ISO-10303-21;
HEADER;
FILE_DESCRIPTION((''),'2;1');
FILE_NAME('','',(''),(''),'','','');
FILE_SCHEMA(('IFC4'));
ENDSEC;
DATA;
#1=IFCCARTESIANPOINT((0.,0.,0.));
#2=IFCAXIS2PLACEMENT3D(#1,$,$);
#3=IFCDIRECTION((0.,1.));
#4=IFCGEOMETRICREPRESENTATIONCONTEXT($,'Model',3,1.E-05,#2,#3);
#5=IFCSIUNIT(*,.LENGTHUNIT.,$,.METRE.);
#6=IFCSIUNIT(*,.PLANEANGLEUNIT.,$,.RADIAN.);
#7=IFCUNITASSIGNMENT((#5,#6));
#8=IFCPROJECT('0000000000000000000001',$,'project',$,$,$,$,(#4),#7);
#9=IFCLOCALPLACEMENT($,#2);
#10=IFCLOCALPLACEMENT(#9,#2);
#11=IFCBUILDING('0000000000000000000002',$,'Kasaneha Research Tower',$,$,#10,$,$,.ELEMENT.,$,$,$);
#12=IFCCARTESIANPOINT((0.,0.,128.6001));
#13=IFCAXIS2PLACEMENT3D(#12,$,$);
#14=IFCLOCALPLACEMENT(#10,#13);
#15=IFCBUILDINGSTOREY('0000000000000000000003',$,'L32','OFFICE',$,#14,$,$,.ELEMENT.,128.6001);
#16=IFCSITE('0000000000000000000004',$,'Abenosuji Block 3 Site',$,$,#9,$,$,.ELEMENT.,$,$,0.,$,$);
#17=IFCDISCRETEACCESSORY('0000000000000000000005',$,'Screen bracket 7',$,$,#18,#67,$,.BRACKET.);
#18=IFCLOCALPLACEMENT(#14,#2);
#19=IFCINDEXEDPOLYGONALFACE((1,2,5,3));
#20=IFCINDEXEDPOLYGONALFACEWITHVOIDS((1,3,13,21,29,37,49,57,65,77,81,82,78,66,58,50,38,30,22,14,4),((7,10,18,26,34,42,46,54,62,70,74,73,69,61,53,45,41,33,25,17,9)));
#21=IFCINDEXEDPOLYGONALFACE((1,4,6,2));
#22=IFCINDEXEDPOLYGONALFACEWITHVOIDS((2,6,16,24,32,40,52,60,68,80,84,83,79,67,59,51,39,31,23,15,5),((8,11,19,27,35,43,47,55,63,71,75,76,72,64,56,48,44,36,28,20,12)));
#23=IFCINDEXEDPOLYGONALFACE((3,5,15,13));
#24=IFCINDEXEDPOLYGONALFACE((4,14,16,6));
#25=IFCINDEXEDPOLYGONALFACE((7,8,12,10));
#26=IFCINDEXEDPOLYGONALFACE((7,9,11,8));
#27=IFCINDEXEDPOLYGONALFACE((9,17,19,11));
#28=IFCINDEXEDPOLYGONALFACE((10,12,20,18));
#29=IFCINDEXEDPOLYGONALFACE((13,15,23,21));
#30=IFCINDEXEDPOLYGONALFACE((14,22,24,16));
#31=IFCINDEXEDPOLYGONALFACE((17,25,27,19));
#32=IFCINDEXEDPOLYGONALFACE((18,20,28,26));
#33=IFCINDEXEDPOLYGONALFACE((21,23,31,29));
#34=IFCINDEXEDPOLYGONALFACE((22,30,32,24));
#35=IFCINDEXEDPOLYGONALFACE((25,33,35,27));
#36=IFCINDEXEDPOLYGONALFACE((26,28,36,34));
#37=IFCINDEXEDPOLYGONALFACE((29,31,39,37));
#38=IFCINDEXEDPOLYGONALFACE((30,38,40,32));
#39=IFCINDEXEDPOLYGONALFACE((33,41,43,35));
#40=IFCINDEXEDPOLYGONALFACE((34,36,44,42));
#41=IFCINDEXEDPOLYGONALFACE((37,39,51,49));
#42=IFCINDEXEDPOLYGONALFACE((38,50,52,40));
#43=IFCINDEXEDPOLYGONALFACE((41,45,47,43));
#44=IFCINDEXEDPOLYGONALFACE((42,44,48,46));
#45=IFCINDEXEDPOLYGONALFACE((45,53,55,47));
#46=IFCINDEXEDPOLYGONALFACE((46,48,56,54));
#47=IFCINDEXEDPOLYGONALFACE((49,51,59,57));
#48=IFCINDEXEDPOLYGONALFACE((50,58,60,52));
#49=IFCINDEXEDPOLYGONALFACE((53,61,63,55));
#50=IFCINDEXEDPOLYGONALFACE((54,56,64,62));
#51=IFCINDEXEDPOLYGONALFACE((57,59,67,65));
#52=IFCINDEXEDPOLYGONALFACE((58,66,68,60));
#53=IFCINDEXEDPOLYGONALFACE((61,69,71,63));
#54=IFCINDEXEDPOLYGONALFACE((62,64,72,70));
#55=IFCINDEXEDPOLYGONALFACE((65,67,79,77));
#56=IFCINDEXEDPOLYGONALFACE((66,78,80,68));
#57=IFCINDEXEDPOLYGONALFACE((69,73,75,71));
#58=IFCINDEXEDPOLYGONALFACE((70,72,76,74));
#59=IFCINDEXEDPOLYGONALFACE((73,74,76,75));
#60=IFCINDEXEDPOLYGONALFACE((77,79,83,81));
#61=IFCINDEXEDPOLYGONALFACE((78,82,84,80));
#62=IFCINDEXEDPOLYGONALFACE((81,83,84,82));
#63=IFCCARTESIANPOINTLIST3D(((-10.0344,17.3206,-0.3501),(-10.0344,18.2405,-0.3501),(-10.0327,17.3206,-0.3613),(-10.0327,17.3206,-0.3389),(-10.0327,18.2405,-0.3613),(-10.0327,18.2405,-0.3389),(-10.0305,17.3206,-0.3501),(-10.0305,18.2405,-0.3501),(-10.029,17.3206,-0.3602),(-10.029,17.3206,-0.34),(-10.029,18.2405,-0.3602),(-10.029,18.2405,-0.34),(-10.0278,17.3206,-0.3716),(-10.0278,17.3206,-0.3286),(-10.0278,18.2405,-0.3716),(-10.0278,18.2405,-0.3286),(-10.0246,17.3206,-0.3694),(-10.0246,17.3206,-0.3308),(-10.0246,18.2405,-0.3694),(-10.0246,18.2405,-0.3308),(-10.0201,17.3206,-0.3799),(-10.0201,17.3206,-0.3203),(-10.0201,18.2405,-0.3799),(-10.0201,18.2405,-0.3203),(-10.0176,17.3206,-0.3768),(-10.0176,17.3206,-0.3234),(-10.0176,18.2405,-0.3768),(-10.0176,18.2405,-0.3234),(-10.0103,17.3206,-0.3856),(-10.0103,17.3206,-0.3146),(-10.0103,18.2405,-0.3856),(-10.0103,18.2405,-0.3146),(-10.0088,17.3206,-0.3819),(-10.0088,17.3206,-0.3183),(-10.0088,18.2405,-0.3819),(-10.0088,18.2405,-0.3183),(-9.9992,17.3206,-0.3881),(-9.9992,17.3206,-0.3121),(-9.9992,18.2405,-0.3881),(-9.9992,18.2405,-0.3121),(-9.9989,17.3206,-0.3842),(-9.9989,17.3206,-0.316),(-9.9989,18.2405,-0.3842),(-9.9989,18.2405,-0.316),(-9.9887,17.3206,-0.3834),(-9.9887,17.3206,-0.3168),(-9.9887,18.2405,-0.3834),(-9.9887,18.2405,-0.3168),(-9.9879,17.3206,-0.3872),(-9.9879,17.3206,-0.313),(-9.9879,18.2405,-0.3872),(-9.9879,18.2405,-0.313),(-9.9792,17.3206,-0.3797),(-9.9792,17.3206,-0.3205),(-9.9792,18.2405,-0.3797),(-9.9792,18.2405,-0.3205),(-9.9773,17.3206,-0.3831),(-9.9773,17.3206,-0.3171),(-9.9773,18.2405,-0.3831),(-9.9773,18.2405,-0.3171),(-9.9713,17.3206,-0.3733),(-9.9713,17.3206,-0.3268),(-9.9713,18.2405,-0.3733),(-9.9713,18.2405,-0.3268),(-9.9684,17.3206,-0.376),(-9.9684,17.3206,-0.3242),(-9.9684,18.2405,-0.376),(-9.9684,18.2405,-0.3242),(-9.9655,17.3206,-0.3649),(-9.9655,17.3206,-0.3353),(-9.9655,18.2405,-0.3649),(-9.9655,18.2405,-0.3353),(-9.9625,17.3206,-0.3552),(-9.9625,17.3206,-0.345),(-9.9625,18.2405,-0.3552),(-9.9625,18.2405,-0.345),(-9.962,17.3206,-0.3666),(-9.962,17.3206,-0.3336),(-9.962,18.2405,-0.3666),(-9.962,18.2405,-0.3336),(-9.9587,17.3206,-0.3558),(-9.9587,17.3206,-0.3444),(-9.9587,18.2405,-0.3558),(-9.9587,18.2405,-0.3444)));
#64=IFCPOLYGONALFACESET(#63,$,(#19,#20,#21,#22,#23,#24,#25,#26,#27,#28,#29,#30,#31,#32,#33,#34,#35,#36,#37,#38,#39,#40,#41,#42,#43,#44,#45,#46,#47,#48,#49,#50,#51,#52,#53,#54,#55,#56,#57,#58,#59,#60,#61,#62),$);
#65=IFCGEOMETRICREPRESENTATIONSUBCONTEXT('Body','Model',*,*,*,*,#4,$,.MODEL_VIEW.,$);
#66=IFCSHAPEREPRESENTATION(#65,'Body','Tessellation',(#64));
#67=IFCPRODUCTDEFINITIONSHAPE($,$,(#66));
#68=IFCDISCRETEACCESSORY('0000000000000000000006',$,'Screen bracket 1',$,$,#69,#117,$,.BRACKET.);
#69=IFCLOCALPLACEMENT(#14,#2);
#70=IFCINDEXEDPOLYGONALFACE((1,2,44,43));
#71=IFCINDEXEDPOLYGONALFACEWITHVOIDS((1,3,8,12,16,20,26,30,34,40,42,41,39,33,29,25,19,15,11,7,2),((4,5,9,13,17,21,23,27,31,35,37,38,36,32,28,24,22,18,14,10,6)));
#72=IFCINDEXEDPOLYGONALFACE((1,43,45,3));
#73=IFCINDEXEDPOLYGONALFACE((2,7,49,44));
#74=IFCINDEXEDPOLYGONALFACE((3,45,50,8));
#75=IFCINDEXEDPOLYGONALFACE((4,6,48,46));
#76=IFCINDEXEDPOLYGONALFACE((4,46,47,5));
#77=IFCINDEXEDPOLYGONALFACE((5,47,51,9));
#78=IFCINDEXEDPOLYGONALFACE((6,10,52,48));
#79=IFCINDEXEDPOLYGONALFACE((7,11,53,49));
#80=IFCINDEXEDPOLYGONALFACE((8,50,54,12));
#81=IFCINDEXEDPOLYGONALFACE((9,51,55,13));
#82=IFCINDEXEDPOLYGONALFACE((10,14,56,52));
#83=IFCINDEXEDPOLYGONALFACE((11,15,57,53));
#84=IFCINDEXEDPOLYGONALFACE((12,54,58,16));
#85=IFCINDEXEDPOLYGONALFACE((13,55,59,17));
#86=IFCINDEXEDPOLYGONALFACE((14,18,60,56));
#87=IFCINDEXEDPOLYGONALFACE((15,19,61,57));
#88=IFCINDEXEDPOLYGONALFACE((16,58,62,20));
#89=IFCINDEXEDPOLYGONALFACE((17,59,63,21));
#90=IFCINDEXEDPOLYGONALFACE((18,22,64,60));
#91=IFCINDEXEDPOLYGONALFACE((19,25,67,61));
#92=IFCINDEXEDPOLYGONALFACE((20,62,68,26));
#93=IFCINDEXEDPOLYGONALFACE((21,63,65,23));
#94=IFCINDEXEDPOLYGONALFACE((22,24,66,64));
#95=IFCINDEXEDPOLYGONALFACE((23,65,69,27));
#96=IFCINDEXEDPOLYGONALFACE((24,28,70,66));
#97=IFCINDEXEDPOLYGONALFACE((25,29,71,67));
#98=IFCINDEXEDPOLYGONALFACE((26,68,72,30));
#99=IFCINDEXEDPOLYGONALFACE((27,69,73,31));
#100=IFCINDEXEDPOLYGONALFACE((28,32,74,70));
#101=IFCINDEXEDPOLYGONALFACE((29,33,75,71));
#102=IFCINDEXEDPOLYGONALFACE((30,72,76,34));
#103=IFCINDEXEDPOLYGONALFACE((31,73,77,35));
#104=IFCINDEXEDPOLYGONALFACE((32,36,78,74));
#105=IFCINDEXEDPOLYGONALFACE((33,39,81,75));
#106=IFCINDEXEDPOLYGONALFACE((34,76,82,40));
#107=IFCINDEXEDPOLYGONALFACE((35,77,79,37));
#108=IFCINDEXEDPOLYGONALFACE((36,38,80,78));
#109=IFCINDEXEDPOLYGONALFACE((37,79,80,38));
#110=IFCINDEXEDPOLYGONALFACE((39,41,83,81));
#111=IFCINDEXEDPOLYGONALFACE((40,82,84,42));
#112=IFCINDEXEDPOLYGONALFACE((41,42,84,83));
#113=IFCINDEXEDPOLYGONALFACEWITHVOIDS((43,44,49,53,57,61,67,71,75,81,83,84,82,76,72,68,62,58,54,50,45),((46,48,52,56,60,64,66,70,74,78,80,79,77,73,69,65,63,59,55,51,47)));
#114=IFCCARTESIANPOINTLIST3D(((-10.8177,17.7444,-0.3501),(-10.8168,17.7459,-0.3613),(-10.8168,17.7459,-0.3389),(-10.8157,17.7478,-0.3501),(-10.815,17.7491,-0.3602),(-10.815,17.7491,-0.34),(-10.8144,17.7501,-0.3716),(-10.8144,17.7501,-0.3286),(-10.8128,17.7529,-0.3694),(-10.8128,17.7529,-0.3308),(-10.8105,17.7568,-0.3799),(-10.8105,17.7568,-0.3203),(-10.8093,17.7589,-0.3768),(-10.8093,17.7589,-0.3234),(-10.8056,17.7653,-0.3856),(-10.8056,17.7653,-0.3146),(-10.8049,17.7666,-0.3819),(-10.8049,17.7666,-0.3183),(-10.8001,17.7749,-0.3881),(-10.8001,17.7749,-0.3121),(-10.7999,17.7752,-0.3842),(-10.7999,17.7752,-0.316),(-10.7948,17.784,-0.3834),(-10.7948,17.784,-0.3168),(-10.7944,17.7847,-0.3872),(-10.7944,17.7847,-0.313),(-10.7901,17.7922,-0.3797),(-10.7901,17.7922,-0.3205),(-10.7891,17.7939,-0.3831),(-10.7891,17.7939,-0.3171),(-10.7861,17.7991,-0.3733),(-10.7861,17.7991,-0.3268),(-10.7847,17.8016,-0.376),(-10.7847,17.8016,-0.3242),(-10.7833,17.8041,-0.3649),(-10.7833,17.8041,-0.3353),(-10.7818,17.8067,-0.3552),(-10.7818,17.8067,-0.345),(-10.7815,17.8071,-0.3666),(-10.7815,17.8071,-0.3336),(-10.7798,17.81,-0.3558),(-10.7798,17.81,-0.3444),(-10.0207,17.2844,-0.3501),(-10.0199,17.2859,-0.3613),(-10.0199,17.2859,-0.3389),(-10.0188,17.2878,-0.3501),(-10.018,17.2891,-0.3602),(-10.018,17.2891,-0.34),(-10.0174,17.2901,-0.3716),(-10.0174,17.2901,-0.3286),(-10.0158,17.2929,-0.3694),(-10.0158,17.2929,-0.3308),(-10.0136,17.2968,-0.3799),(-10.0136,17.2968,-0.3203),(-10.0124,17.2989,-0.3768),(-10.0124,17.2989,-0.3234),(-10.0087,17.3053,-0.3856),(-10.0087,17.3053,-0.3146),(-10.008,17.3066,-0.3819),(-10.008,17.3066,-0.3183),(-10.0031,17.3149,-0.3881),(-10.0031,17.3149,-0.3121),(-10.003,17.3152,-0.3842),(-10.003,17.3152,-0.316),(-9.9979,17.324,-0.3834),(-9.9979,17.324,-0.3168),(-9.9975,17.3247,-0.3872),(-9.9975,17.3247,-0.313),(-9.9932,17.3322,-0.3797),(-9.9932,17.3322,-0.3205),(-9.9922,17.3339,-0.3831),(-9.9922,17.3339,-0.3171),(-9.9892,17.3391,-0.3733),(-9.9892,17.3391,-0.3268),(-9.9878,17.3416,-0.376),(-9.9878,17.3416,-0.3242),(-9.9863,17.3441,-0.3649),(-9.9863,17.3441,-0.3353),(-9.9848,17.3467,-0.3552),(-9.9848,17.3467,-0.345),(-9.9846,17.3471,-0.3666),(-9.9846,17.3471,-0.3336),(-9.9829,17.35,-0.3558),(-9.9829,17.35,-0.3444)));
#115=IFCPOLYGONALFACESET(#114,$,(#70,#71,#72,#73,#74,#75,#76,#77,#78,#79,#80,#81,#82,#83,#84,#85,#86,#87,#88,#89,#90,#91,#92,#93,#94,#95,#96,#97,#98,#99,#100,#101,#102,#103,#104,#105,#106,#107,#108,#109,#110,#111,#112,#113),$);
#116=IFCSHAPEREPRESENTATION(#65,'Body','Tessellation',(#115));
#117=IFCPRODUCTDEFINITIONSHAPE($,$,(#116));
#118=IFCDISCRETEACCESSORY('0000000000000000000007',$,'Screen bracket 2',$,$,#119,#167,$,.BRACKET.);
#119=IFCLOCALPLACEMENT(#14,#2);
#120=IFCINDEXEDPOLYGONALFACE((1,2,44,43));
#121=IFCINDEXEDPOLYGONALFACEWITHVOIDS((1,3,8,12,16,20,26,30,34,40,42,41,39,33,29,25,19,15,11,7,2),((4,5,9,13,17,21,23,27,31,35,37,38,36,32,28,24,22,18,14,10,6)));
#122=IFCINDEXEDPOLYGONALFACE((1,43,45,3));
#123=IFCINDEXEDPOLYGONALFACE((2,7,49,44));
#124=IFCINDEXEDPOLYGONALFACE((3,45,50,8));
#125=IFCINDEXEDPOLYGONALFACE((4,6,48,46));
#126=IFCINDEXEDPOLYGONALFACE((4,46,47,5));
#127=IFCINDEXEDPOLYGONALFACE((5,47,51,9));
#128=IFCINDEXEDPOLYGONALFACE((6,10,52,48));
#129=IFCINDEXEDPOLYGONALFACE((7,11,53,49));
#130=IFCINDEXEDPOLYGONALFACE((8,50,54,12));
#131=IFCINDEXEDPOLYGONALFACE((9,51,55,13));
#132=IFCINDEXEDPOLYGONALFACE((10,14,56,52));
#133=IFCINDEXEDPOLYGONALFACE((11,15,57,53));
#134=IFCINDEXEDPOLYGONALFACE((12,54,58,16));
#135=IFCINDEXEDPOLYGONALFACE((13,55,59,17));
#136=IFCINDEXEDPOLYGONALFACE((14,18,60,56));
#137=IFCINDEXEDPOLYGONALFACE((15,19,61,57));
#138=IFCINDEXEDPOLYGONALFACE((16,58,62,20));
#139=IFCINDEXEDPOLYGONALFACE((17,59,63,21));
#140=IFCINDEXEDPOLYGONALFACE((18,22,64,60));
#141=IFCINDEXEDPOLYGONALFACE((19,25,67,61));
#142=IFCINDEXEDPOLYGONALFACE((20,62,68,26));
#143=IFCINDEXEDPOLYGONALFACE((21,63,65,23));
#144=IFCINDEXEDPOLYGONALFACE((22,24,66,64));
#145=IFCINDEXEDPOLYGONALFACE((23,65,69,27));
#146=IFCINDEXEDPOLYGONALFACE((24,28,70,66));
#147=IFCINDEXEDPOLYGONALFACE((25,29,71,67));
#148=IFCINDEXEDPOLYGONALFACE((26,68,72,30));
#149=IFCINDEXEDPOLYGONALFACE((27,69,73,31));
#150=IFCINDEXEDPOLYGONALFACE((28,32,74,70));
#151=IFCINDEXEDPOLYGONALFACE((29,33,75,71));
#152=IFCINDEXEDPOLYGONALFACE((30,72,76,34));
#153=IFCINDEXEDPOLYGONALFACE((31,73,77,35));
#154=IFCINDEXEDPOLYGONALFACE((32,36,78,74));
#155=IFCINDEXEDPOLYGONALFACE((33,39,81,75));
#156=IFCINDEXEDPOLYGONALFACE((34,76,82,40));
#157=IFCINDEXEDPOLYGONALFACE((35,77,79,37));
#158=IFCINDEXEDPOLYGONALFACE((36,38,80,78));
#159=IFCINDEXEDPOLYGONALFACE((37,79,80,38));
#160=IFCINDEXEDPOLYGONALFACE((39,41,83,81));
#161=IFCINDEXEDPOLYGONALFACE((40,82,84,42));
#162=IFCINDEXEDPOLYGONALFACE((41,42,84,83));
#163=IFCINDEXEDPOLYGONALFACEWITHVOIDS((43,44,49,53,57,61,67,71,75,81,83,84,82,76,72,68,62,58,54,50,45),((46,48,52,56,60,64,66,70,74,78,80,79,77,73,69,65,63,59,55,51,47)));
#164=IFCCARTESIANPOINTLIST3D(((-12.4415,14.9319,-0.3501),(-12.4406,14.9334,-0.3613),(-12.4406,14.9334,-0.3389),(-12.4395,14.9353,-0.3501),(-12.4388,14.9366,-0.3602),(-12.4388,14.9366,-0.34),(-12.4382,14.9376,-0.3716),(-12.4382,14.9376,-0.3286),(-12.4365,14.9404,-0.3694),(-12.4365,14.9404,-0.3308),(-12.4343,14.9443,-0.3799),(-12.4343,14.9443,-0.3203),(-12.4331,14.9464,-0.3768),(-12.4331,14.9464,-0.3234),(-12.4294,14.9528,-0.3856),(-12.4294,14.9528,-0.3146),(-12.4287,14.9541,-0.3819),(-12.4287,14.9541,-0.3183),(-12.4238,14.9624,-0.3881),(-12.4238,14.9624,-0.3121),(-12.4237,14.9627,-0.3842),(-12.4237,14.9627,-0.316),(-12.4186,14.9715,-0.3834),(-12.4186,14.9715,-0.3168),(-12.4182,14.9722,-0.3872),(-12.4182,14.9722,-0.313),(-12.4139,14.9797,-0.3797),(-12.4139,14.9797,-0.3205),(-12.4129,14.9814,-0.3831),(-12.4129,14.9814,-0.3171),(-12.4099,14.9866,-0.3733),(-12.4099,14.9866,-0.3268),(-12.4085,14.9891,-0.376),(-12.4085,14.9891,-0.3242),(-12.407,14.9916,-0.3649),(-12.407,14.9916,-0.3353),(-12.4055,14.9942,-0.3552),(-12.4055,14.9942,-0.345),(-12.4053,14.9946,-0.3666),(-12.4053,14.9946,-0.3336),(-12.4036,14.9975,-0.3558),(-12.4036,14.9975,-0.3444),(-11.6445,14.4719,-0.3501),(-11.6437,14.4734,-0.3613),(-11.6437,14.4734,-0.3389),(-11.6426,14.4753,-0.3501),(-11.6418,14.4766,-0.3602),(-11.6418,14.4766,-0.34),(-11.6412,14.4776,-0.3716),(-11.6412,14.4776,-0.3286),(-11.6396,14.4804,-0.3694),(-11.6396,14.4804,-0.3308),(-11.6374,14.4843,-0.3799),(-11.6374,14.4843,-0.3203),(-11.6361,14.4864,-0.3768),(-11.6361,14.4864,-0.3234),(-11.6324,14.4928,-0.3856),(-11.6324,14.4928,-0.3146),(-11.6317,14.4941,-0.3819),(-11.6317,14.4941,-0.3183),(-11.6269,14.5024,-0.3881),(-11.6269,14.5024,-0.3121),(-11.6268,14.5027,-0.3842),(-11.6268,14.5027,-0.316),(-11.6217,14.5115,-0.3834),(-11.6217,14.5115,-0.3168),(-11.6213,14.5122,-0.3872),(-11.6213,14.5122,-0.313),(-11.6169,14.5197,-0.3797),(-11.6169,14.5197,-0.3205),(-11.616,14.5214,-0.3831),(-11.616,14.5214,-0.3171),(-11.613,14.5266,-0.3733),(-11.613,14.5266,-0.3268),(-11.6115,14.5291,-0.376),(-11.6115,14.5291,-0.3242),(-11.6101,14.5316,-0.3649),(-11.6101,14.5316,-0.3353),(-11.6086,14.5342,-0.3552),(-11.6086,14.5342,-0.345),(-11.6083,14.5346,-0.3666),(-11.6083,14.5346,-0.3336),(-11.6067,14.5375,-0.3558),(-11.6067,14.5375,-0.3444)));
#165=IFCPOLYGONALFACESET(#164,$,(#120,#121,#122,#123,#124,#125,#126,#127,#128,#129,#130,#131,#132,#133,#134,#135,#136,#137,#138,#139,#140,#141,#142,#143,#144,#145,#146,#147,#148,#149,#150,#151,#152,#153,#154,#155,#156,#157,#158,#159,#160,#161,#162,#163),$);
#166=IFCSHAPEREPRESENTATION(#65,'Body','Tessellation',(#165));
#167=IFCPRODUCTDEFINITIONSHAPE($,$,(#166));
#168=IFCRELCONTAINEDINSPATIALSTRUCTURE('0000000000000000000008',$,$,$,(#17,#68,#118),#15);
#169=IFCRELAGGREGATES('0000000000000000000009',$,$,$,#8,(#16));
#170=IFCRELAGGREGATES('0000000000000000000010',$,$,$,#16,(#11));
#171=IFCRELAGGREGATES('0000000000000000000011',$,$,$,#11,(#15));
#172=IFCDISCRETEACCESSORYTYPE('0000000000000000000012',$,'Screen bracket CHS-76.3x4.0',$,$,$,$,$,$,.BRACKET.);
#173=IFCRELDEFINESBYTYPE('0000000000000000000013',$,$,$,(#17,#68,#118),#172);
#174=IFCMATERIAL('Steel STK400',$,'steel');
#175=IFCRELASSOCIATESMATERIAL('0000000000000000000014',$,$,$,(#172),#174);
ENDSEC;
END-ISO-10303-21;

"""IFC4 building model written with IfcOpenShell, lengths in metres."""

from ifc_helpers import new_model, si_unit, direction, frame, origin, origin_2d, place, context, subcontext, project, spatial, hollow_circle, extrude, material, material_profile, profile_set, type_object, element, save


model = new_model("IFC4")

# Units and contexts
model_context = context("Model", 3, precision=1e-05, world=origin(), true_north=direction((0.0, 1.0)))
body_context = subcontext(model_context, "Body", "Model", "MODEL_VIEW")
ifc_project = project(units=[si_unit("LENGTHUNIT", "METRE"), si_unit("PLANEANGLEUNIT", "RADIAN")], contexts=[model_context])

# Site, building, storey
site_placement = place(None, origin())
site = spatial("IfcSite", under=ifc_project, at=site_placement, Name="Abenosuji Block 3 Site", CompositionType="ELEMENT", RefElevation=0.0)
building_placement = place(site_placement, origin())
building = spatial("IfcBuilding", under=site, at=building_placement, Name="Kasaneha Research Tower", CompositionType="ELEMENT")
storey_placement = place(building_placement, frame((0.0, 0.0, 128.6001)))
storey = spatial("IfcBuildingStorey", under=building, at=storey_placement, Name="L32", Description="OFFICE", CompositionType="ELEMENT", Elevation=128.6001)

# Discrete accessories
ifc_material_1 = material(Name="Steel STK400", Category="steel")
ifc_material_profile_1 = material_profile(ifc_material_1, hollow_circle(Radius=0.0381, WallThickness=0.0039, at=origin_2d()), Name="CHS-76.3x4.0")
ifc_profile_set_1 = profile_set([ifc_material_profile_1], Name="Steel STK400")
discrete_accessory_type = type_object("IfcDiscreteAccessoryType", Name="Screen bracket CHS-76.3x4.0", PredefinedType="BRACKET", material=ifc_profile_set_1)
for number, where, z_axis, x_axis, name in (
    (1, (-9.9963, 17.3206, -0.3501), (0.0, 1.0, 0.0), (-1.0, 0.0, 0.0), "Screen bracket 7"),
):
    element("IfcDiscreteAccessory", number, at=place(storey_placement, frame(where, z_axis=z_axis, x_axis=x_axis)), inside=storey, type_object=discrete_accessory_type, Name=name, PredefinedType="BRACKET", context=body_context, shape_type="SweptSolid", body=[
        extrude(hollow_circle(Radius=0.0381, WallThickness=0.0039, at=origin_2d()), origin(), (0.0, 0.0, 1.0), 0.9199),
    ])
for number, where, z_axis, x_axis, name in (
    (2, (-10.0017, 17.3174, -0.3501), (-0.86608, 0.499906, 0.0), (-0.499906, -0.86608, 0.0), "Screen bracket 1"),
    (3, (-11.6255, 14.5049, -0.3501), (-0.86608, 0.499906, 0.0), (-0.499906, -0.86608, 0.0), "Screen bracket 2"),
):
    element("IfcDiscreteAccessory", number, at=place(storey_placement, frame(where, z_axis=z_axis, x_axis=x_axis)), inside=storey, type_object=discrete_accessory_type, Name=name, PredefinedType="BRACKET", context=body_context, shape_type="SweptSolid", body=[
        extrude(hollow_circle(Radius=0.0381, WallThickness=0.0039, at=origin_2d()), origin(), (0.0, 0.0, 1.0), 0.9202),
    ])

save(model, "model.ifc")
